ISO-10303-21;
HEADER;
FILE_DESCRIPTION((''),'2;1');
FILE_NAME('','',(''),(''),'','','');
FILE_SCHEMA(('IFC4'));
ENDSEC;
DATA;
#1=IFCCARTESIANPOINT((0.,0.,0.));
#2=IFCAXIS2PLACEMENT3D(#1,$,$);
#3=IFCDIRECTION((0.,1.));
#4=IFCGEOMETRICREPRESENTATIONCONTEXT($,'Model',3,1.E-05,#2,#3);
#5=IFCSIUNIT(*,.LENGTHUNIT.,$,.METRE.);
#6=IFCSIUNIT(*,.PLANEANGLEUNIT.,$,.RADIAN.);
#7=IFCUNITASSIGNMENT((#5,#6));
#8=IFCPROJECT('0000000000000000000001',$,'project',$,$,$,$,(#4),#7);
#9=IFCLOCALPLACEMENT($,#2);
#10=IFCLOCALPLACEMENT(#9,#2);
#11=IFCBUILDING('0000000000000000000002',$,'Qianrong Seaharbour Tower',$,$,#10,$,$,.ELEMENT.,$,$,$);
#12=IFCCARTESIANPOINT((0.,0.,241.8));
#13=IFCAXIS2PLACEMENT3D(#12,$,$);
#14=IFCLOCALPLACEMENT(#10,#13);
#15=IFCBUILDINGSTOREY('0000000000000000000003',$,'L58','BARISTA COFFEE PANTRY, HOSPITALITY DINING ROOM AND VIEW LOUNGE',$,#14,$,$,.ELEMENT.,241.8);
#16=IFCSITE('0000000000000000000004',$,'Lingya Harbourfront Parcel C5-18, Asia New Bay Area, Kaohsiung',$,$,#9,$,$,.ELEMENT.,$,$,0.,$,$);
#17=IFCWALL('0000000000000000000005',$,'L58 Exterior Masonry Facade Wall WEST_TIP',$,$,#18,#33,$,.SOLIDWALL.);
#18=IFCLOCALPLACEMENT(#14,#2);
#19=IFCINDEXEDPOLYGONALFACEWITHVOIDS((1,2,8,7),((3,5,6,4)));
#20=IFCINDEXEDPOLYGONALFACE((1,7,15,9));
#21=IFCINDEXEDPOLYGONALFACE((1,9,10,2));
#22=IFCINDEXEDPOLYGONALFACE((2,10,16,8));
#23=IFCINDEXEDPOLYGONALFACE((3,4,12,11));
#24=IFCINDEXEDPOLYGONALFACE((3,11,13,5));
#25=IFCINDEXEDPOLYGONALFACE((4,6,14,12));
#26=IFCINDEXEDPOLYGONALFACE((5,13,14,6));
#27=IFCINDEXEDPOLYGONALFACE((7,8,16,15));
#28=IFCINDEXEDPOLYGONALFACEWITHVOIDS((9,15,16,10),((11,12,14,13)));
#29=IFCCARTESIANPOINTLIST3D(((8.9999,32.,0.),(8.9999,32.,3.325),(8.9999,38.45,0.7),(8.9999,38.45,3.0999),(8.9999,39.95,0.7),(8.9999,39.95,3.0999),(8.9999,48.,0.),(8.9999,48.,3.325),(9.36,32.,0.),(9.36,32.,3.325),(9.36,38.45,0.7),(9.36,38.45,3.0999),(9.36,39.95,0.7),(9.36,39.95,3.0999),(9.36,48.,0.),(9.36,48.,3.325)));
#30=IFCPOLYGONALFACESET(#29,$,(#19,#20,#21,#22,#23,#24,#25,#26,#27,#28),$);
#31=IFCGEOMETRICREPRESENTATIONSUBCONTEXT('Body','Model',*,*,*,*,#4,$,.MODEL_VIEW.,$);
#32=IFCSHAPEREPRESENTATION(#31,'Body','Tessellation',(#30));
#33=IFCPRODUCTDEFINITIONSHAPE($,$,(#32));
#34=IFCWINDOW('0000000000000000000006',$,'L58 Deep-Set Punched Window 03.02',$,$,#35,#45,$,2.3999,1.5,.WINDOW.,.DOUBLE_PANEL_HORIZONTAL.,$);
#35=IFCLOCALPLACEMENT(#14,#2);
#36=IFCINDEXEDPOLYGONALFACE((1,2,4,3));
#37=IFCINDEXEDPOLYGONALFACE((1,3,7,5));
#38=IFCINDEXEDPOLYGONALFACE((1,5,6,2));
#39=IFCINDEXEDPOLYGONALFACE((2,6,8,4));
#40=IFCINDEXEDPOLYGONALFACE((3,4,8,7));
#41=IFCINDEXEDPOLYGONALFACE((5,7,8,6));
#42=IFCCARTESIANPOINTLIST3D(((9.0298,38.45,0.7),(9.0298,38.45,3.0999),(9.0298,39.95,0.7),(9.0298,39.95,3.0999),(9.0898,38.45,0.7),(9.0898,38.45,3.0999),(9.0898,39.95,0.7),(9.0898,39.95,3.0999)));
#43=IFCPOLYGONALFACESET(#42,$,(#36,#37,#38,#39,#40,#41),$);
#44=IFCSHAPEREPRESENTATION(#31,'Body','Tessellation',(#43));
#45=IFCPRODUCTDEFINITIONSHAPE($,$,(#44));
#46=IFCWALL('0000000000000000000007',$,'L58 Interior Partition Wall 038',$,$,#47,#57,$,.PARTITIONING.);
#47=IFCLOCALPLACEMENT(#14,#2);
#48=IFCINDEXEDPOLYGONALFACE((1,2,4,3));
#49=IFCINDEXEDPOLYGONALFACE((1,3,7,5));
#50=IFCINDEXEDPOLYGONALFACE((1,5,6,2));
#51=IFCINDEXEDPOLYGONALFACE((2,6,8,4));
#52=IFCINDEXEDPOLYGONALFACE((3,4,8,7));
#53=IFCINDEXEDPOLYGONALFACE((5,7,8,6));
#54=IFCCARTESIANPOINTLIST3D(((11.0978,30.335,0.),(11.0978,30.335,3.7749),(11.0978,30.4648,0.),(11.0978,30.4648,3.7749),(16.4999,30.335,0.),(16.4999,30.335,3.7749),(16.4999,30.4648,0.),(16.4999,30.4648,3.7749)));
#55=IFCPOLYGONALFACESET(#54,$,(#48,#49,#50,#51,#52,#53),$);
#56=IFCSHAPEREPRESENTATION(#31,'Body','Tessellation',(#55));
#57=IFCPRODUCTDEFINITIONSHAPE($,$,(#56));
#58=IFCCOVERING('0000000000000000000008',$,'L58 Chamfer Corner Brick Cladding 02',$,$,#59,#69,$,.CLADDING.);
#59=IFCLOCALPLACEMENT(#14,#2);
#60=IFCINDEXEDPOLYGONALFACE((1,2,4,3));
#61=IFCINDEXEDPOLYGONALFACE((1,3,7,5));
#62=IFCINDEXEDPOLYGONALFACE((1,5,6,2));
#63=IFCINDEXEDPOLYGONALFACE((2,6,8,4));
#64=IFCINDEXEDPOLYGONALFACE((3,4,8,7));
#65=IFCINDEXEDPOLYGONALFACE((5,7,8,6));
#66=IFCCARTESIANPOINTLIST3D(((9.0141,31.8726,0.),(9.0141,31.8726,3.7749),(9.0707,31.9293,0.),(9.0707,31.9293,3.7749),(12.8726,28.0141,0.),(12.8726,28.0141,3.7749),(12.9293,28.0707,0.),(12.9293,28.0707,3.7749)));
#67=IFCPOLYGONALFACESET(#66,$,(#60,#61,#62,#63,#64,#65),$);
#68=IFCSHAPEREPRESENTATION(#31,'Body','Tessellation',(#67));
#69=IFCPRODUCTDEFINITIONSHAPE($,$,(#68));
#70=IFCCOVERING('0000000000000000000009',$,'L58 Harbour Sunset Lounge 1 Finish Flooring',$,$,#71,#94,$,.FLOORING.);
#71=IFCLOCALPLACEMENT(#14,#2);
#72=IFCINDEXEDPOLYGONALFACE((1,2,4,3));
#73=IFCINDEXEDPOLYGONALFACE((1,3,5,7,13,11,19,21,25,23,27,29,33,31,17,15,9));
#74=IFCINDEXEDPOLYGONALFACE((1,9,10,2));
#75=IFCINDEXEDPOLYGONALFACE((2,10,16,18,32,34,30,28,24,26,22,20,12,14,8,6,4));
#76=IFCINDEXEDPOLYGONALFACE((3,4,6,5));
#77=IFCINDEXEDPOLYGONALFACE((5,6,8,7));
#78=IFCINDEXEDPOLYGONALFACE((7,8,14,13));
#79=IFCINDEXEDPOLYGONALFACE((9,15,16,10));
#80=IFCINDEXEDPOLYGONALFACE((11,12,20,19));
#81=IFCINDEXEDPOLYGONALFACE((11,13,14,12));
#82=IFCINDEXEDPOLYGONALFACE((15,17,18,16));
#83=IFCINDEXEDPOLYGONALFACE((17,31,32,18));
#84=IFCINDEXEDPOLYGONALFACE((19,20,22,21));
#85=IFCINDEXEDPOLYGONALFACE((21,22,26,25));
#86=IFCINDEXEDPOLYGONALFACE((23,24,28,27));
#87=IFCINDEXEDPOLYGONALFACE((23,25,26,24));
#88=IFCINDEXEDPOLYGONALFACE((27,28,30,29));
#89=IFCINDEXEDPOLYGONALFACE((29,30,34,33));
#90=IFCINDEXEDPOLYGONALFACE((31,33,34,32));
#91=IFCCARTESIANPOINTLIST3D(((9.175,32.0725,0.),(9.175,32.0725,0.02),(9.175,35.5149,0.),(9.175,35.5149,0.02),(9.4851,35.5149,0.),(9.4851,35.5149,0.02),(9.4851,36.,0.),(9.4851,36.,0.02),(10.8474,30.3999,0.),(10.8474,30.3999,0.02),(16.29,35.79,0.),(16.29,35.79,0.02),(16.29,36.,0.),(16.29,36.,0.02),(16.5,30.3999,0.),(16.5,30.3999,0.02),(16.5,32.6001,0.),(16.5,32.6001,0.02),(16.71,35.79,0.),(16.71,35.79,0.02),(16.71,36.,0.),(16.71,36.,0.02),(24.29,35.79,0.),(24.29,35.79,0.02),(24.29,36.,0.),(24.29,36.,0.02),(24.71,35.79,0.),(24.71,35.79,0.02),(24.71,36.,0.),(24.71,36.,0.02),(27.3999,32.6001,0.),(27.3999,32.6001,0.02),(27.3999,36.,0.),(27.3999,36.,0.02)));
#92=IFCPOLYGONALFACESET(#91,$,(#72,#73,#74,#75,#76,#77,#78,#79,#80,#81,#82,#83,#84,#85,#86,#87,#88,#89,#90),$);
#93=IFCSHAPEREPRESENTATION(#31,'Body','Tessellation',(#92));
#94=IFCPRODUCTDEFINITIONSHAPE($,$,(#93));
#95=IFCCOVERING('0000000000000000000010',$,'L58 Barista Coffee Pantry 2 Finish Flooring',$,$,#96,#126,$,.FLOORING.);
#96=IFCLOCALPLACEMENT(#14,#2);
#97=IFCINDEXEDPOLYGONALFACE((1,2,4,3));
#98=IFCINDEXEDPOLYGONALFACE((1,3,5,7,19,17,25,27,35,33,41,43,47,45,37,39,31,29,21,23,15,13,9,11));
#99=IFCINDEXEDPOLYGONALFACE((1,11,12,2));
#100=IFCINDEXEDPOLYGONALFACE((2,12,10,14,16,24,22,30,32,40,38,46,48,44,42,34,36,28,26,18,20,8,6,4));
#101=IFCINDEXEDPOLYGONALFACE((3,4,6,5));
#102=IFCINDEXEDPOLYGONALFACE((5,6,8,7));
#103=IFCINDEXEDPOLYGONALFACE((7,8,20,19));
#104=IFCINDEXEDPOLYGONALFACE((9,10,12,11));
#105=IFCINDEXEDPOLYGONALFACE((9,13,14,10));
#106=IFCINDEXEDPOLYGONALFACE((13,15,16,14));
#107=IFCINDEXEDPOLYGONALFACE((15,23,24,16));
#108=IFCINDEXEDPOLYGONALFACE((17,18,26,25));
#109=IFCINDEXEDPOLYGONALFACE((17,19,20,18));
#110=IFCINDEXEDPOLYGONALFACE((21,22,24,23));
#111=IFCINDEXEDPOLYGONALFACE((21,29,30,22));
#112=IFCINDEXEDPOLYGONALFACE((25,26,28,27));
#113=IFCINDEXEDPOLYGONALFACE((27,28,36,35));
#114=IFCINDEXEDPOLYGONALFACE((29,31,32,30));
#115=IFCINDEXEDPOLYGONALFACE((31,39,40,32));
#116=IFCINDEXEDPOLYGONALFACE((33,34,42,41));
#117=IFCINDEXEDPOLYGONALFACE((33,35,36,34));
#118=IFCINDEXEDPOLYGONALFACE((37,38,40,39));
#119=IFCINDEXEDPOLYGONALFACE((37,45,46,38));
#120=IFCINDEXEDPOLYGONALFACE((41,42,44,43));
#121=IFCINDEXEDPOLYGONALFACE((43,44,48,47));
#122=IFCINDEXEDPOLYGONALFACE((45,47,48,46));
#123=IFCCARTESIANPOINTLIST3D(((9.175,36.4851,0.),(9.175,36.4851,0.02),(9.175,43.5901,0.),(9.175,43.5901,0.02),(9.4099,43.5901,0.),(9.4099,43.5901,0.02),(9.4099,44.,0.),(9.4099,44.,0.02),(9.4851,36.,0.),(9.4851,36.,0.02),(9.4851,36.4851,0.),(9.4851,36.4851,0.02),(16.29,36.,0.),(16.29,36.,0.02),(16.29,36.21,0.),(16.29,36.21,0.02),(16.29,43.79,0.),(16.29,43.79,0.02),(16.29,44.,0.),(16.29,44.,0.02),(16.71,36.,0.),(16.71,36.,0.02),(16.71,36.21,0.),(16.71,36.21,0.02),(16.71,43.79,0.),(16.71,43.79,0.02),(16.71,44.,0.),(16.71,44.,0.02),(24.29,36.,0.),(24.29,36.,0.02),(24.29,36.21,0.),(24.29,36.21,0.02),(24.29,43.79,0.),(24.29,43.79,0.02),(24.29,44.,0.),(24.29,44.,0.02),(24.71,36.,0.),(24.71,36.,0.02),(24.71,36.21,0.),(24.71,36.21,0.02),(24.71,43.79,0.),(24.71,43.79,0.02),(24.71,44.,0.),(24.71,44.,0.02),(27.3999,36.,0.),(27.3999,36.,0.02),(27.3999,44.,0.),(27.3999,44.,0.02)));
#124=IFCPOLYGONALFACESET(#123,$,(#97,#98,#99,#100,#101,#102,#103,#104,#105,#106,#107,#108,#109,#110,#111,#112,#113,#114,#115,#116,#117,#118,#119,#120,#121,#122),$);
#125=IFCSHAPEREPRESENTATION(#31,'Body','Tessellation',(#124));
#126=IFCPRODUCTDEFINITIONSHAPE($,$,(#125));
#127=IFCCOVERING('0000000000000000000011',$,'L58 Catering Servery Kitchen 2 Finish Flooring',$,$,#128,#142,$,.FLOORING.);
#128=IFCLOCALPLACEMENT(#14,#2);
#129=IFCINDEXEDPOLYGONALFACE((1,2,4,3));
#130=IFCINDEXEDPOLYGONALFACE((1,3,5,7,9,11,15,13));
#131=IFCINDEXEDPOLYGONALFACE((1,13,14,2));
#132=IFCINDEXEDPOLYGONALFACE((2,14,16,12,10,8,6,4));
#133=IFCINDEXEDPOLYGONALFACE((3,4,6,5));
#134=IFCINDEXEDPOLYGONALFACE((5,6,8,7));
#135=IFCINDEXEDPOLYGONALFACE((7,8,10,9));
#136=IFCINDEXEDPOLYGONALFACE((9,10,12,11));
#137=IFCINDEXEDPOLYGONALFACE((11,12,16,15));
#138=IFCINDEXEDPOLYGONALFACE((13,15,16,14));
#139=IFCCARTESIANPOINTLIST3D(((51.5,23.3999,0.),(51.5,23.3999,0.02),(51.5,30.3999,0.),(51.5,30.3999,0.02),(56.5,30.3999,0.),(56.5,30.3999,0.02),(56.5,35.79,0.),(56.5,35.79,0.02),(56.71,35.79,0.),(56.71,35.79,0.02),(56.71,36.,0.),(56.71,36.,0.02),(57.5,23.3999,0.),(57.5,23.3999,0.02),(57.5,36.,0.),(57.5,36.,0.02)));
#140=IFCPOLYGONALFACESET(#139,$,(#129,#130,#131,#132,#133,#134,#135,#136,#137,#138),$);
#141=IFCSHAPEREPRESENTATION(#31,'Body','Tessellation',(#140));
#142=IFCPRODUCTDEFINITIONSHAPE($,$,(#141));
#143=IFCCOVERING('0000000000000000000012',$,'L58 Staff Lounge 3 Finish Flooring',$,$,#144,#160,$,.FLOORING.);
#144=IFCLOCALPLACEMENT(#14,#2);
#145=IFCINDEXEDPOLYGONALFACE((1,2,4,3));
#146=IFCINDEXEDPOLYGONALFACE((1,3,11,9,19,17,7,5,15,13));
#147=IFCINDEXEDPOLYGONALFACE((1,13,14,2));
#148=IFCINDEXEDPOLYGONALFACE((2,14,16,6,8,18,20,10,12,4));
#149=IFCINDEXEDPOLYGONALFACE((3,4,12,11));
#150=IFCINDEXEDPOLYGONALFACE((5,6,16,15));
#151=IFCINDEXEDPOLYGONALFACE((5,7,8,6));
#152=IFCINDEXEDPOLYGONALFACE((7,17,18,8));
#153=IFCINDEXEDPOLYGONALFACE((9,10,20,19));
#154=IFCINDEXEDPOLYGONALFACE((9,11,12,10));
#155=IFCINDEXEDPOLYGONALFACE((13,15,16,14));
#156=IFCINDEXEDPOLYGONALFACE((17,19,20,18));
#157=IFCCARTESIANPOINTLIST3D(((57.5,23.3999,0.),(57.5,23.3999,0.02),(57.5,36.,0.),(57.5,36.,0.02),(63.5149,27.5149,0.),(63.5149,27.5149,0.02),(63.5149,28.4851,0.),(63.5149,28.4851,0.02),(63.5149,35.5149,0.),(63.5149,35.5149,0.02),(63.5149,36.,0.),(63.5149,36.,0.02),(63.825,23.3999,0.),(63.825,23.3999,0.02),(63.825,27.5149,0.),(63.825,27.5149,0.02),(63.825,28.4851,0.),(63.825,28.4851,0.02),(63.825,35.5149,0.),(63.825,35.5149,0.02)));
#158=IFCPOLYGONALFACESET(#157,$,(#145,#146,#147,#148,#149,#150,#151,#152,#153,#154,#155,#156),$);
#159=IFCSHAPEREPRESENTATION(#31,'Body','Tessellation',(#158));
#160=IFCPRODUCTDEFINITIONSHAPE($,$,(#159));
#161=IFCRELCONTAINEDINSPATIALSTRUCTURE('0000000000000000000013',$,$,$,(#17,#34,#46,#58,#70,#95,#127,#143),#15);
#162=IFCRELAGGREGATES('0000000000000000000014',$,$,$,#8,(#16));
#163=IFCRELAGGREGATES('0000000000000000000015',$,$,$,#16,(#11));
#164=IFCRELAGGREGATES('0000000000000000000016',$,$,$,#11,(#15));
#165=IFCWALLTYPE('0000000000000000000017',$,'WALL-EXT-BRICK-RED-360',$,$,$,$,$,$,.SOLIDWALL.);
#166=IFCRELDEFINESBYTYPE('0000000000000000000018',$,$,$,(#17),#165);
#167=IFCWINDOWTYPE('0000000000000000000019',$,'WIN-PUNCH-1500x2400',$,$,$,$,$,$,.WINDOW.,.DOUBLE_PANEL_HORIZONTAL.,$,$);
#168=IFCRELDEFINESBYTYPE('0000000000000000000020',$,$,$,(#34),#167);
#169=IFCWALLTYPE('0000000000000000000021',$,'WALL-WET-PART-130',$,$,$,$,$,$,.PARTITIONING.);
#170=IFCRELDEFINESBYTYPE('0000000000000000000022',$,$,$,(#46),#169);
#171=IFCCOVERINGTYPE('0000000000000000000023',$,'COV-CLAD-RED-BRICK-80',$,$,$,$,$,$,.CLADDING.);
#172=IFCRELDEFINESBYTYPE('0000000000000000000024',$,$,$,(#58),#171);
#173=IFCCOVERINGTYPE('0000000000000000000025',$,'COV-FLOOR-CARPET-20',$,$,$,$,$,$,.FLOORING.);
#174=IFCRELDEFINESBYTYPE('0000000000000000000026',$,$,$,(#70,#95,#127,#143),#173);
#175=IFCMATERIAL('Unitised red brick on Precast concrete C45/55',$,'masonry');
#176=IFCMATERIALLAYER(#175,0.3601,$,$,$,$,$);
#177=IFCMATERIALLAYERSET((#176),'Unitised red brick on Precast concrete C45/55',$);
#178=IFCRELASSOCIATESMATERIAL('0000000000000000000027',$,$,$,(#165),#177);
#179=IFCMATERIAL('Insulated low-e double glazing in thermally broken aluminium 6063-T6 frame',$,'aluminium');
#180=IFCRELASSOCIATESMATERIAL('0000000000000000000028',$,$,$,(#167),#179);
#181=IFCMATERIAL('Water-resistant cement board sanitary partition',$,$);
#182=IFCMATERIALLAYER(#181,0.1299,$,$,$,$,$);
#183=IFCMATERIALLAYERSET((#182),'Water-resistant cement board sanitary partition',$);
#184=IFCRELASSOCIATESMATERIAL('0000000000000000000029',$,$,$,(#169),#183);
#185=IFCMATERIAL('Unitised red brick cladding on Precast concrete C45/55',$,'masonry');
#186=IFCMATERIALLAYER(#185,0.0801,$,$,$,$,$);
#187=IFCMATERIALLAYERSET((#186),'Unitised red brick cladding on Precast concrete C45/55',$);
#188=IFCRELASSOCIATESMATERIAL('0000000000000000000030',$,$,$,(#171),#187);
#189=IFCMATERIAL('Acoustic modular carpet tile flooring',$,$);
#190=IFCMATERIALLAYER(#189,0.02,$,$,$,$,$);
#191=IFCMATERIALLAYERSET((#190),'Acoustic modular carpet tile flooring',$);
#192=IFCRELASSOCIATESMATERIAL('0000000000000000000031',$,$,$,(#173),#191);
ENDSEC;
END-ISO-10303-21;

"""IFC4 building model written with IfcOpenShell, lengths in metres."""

from ifc_helpers import new_model, si_unit, direction, frame, frame_2d, origin, origin_2d, place, context, subcontext, project, spatial, polyline, rectangle, outline, extrude, material, layer, layer_set, type_object, element, fill, save


model = new_model("IFC4")

# Units and contexts
model_context = context("Model", 3, precision=1e-05, world=origin(), true_north=direction((0.0, 1.0)))
body_context = subcontext(model_context, "Body", "Model", "MODEL_VIEW")
ifc_project = project(units=[si_unit("LENGTHUNIT", "METRE"), si_unit("PLANEANGLEUNIT", "RADIAN")], contexts=[model_context])

# Site, building, storey
site_placement = place(None, origin())
site = spatial("IfcSite", under=ifc_project, at=site_placement, Name="Lingya Harbourfront Parcel C5-18, Asia New Bay Area, Kaohsiung", CompositionType="ELEMENT", RefElevation=0.0)
building_placement = place(site_placement, origin())
building = spatial("IfcBuilding", under=site, at=building_placement, Name="Qianrong Seaharbour Tower", CompositionType="ELEMENT")
storey_placement = place(building_placement, frame((0.0, 0.0, 241.8)))
storey = spatial("IfcBuildingStorey", under=building, at=storey_placement, Name="L58", Description="BARISTA COFFEE PANTRY, HOSPITALITY DINING ROOM AND VIEW LOUNGE", CompositionType="ELEMENT", Elevation=241.8)

# Shared definitions
ifc_material_1 = material(Name="Unitised red brick on Precast concrete C45/55", Category="masonry")
ifc_layer_1 = layer(ifc_material_1, 0.3601)
ifc_layer_set_1 = layer_set([ifc_layer_1], Name="Unitised red brick on Precast concrete C45/55")
wall_type_1 = type_object("IfcWallType", Name="WALL-EXT-BRICK-RED-360", PredefinedType="SOLIDWALL", material=ifc_layer_set_1)

# Wall, opening, window
wall_1_placement = place(storey_placement, frame((9.1799, 32.0, 0.0), z_axis=(0.0, 0.0, 1.0), x_axis=(0.0, 1.0, 0.0)))
wall_1 = element("IfcWall", 1, at=wall_1_placement, inside=storey, type_object=wall_type_1, Name="L58 Exterior Masonry Facade Wall WEST_TIP", PredefinedType="SOLIDWALL", context=body_context, shape_type="SweptSolid", body=[
    extrude(rectangle(XDim=16.0, YDim=0.3601, at=frame_2d((8.0, 0.0))), origin(), (0.0, 0.0, 1.0), 3.325),
])
opening_1_placement = place(wall_1_placement, frame((6.45, 0.0, 0.7)))
opening_1 = element("IfcOpeningElement", 2, at=opening_1_placement, cuts=wall_1, PredefinedType="OPENING", context=body_context, shape_type="SweptSolid", body=[
    extrude(rectangle(XDim=1.5, YDim=2.3999, at=frame_2d((0.75, 1.2))), frame((0.0, 0.1899, 0.0), z_axis=(0.0, -1.0, 0.0), x_axis=(1.0, 0.0, 0.0)), (0.0, 0.0, 1.0), 0.3801),
])
ifc_material_2 = material(Name="Insulated low-e double glazing in thermally broken aluminium 6063-T6 frame", Category="aluminium")
window_type = type_object("IfcWindowType", Name="WIN-PUNCH-1500x2400", PartitioningType="DOUBLE_PANEL_HORIZONTAL", PredefinedType="WINDOW", material=ifc_material_2)
window_placement = place(opening_1_placement, origin())
window = element("IfcWindow", 3, at=window_placement, inside=storey, type_object=window_type, Name="L58 Deep-Set Punched Window 03.02", OverallHeight=2.3999, OverallWidth=1.5, PartitioningType="DOUBLE_PANEL_HORIZONTAL", PredefinedType="WINDOW", context=body_context, shape_type="SweptSolid", body=[
    extrude(rectangle(XDim=1.5, YDim=2.3999, at=frame_2d((0.75, 1.2))), frame((0.0, 0.1501, 0.0), z_axis=(0.0, -1.0, 0.0), x_axis=(1.0, 0.0, 0.0)), (0.0, 0.0, 1.0), 0.0601),
])
fill(opening_1, window)

# Wall
ifc_material_3 = material(Name="Water-resistant cement board sanitary partition")
ifc_layer_2 = layer(ifc_material_3, 0.1299)
ifc_layer_set_2 = layer_set([ifc_layer_2], Name="Water-resistant cement board sanitary partition")
wall_type_2 = type_object("IfcWallType", Name="WALL-WET-PART-130", PredefinedType="PARTITIONING", material=ifc_layer_set_2)
wall_2_placement = place(storey_placement, frame((16.5, 30.3999, 0.0), z_axis=(0.0, 0.0, 1.0), x_axis=(-1.0, 0.0, 0.0)))
element("IfcWall", 4, at=wall_2_placement, inside=storey, type_object=wall_type_2, Name="L58 Interior Partition Wall 038", PredefinedType="PARTITIONING", context=body_context, shape_type="SweptSolid", body=[
    extrude(rectangle(XDim=5.4021, YDim=0.1299, at=frame_2d((2.7012, 0.0))), origin(), (0.0, 0.0, 1.0), 3.7749),
])

# Coverings
ifc_material_4 = material(Name="Unitised red brick cladding on Precast concrete C45/55", Category="masonry")
ifc_layer_3 = layer(ifc_material_4, 0.0801)
ifc_layer_set_3 = layer_set([ifc_layer_3], Name="Unitised red brick cladding on Precast concrete C45/55")
covering_type_1 = type_object("IfcCoveringType", Name="COV-CLAD-RED-BRICK-80", PredefinedType="CLADDING", material=ifc_layer_set_3)
covering_1_placement = place(storey_placement, frame((10.9717, 29.9717, 0.0), z_axis=(0.0, 0.0, 1.0), x_axis=(-0.707107, 0.707107, 0.0)))
element("IfcCovering", 5, at=covering_1_placement, inside=storey, type_object=covering_type_1, Name="L58 Chamfer Corner Brick Cladding 02", PredefinedType="CLADDING", context=body_context, shape_type="SweptSolid", body=[
    extrude(rectangle(XDim=5.4568, YDim=0.0801, at=origin_2d()), origin(), (0.0, 0.0, 1.0), 3.7749),
])
ifc_material_5 = material(Name="Acoustic modular carpet tile flooring")
ifc_layer_4 = layer(ifc_material_5, 0.02)
ifc_layer_set_4 = layer_set([ifc_layer_4], Name="Acoustic modular carpet tile flooring")
covering_type_2 = type_object("IfcCoveringType", Name="COV-FLOOR-CARPET-20", PredefinedType="FLOORING", material=ifc_layer_set_4)
covering_2_placement = place(storey_placement, origin())
element("IfcCovering", 6, at=covering_2_placement, inside=storey, type_object=covering_type_2, Name="L58 Harbour Sunset Lounge 1 Finish Flooring", PredefinedType="FLOORING", context=body_context, shape_type="SweptSolid", body=[
    extrude(outline(polyline([(16.5, 32.6001), (16.5, 30.3999), (10.8474, 30.3999), (9.175, 32.0725), (9.175, 35.5149), (9.4851, 35.5149), (9.4851, 36.0), (16.29, 36.0), (16.29, 35.79), (16.71, 35.79), (16.71, 36.0), (24.29, 36.0), (24.29, 35.79), (24.71, 35.79), (24.71, 36.0), (27.3999, 36.0), (27.3999, 32.6001), (16.5, 32.6001)])), origin(), (0.0, 0.0, 1.0), 0.02),
])
covering_3_placement = place(storey_placement, origin())
element("IfcCovering", 7, at=covering_3_placement, inside=storey, type_object=covering_type_2, Name="L58 Barista Coffee Pantry 2 Finish Flooring", PredefinedType="FLOORING", context=body_context, shape_type="SweptSolid", body=[
    extrude(outline(polyline([(24.71, 36.0), (24.71, 36.21), (24.29, 36.21), (24.29, 36.0), (16.71, 36.0), (16.71, 36.21), (16.29, 36.21), (16.29, 36.0), (9.4851, 36.0), (9.4851, 36.4851), (9.175, 36.4851), (9.175, 43.5901), (9.4099, 43.5901), (9.4099, 44.0), (16.29, 44.0), (16.29, 43.79), (16.71, 43.79), (16.71, 44.0), (24.29, 44.0), (24.29, 43.79), (24.71, 43.79), (24.71, 44.0), (27.3999, 44.0), (27.3999, 36.0), (24.71, 36.0)])), origin(), (0.0, 0.0, 1.0), 0.02),
])
covering_4_placement = place(storey_placement, origin())
element("IfcCovering", 8, at=covering_4_placement, inside=storey, type_object=covering_type_2, Name="L58 Catering Servery Kitchen 2 Finish Flooring", PredefinedType="FLOORING", context=body_context, shape_type="SweptSolid", body=[
    extrude(outline(polyline([(56.5, 30.3999), (56.5, 35.79), (56.71, 35.79), (56.71, 36.0), (57.5, 36.0), (57.5, 23.3999), (51.5, 23.3999), (51.5, 30.3999), (56.5, 30.3999)])), origin(), (0.0, 0.0, 1.0), 0.02),
])
covering_5_placement = place(storey_placement, origin())
element("IfcCovering", 9, at=covering_5_placement, inside=storey, type_object=covering_type_2, Name="L58 Staff Lounge 3 Finish Flooring", PredefinedType="FLOORING", context=body_context, shape_type="SweptSolid", body=[
    extrude(outline(polyline([(63.5149, 36.0), (63.5149, 35.5149), (63.825, 35.5149), (63.825, 28.4851), (63.5149, 28.4851), (63.5149, 27.5149), (63.825, 27.5149), (63.825, 23.3999), (57.5, 23.3999), (57.5, 36.0), (63.5149, 36.0)])), origin(), (0.0, 0.0, 1.0), 0.02),
])

save(model, "model.ifc")
